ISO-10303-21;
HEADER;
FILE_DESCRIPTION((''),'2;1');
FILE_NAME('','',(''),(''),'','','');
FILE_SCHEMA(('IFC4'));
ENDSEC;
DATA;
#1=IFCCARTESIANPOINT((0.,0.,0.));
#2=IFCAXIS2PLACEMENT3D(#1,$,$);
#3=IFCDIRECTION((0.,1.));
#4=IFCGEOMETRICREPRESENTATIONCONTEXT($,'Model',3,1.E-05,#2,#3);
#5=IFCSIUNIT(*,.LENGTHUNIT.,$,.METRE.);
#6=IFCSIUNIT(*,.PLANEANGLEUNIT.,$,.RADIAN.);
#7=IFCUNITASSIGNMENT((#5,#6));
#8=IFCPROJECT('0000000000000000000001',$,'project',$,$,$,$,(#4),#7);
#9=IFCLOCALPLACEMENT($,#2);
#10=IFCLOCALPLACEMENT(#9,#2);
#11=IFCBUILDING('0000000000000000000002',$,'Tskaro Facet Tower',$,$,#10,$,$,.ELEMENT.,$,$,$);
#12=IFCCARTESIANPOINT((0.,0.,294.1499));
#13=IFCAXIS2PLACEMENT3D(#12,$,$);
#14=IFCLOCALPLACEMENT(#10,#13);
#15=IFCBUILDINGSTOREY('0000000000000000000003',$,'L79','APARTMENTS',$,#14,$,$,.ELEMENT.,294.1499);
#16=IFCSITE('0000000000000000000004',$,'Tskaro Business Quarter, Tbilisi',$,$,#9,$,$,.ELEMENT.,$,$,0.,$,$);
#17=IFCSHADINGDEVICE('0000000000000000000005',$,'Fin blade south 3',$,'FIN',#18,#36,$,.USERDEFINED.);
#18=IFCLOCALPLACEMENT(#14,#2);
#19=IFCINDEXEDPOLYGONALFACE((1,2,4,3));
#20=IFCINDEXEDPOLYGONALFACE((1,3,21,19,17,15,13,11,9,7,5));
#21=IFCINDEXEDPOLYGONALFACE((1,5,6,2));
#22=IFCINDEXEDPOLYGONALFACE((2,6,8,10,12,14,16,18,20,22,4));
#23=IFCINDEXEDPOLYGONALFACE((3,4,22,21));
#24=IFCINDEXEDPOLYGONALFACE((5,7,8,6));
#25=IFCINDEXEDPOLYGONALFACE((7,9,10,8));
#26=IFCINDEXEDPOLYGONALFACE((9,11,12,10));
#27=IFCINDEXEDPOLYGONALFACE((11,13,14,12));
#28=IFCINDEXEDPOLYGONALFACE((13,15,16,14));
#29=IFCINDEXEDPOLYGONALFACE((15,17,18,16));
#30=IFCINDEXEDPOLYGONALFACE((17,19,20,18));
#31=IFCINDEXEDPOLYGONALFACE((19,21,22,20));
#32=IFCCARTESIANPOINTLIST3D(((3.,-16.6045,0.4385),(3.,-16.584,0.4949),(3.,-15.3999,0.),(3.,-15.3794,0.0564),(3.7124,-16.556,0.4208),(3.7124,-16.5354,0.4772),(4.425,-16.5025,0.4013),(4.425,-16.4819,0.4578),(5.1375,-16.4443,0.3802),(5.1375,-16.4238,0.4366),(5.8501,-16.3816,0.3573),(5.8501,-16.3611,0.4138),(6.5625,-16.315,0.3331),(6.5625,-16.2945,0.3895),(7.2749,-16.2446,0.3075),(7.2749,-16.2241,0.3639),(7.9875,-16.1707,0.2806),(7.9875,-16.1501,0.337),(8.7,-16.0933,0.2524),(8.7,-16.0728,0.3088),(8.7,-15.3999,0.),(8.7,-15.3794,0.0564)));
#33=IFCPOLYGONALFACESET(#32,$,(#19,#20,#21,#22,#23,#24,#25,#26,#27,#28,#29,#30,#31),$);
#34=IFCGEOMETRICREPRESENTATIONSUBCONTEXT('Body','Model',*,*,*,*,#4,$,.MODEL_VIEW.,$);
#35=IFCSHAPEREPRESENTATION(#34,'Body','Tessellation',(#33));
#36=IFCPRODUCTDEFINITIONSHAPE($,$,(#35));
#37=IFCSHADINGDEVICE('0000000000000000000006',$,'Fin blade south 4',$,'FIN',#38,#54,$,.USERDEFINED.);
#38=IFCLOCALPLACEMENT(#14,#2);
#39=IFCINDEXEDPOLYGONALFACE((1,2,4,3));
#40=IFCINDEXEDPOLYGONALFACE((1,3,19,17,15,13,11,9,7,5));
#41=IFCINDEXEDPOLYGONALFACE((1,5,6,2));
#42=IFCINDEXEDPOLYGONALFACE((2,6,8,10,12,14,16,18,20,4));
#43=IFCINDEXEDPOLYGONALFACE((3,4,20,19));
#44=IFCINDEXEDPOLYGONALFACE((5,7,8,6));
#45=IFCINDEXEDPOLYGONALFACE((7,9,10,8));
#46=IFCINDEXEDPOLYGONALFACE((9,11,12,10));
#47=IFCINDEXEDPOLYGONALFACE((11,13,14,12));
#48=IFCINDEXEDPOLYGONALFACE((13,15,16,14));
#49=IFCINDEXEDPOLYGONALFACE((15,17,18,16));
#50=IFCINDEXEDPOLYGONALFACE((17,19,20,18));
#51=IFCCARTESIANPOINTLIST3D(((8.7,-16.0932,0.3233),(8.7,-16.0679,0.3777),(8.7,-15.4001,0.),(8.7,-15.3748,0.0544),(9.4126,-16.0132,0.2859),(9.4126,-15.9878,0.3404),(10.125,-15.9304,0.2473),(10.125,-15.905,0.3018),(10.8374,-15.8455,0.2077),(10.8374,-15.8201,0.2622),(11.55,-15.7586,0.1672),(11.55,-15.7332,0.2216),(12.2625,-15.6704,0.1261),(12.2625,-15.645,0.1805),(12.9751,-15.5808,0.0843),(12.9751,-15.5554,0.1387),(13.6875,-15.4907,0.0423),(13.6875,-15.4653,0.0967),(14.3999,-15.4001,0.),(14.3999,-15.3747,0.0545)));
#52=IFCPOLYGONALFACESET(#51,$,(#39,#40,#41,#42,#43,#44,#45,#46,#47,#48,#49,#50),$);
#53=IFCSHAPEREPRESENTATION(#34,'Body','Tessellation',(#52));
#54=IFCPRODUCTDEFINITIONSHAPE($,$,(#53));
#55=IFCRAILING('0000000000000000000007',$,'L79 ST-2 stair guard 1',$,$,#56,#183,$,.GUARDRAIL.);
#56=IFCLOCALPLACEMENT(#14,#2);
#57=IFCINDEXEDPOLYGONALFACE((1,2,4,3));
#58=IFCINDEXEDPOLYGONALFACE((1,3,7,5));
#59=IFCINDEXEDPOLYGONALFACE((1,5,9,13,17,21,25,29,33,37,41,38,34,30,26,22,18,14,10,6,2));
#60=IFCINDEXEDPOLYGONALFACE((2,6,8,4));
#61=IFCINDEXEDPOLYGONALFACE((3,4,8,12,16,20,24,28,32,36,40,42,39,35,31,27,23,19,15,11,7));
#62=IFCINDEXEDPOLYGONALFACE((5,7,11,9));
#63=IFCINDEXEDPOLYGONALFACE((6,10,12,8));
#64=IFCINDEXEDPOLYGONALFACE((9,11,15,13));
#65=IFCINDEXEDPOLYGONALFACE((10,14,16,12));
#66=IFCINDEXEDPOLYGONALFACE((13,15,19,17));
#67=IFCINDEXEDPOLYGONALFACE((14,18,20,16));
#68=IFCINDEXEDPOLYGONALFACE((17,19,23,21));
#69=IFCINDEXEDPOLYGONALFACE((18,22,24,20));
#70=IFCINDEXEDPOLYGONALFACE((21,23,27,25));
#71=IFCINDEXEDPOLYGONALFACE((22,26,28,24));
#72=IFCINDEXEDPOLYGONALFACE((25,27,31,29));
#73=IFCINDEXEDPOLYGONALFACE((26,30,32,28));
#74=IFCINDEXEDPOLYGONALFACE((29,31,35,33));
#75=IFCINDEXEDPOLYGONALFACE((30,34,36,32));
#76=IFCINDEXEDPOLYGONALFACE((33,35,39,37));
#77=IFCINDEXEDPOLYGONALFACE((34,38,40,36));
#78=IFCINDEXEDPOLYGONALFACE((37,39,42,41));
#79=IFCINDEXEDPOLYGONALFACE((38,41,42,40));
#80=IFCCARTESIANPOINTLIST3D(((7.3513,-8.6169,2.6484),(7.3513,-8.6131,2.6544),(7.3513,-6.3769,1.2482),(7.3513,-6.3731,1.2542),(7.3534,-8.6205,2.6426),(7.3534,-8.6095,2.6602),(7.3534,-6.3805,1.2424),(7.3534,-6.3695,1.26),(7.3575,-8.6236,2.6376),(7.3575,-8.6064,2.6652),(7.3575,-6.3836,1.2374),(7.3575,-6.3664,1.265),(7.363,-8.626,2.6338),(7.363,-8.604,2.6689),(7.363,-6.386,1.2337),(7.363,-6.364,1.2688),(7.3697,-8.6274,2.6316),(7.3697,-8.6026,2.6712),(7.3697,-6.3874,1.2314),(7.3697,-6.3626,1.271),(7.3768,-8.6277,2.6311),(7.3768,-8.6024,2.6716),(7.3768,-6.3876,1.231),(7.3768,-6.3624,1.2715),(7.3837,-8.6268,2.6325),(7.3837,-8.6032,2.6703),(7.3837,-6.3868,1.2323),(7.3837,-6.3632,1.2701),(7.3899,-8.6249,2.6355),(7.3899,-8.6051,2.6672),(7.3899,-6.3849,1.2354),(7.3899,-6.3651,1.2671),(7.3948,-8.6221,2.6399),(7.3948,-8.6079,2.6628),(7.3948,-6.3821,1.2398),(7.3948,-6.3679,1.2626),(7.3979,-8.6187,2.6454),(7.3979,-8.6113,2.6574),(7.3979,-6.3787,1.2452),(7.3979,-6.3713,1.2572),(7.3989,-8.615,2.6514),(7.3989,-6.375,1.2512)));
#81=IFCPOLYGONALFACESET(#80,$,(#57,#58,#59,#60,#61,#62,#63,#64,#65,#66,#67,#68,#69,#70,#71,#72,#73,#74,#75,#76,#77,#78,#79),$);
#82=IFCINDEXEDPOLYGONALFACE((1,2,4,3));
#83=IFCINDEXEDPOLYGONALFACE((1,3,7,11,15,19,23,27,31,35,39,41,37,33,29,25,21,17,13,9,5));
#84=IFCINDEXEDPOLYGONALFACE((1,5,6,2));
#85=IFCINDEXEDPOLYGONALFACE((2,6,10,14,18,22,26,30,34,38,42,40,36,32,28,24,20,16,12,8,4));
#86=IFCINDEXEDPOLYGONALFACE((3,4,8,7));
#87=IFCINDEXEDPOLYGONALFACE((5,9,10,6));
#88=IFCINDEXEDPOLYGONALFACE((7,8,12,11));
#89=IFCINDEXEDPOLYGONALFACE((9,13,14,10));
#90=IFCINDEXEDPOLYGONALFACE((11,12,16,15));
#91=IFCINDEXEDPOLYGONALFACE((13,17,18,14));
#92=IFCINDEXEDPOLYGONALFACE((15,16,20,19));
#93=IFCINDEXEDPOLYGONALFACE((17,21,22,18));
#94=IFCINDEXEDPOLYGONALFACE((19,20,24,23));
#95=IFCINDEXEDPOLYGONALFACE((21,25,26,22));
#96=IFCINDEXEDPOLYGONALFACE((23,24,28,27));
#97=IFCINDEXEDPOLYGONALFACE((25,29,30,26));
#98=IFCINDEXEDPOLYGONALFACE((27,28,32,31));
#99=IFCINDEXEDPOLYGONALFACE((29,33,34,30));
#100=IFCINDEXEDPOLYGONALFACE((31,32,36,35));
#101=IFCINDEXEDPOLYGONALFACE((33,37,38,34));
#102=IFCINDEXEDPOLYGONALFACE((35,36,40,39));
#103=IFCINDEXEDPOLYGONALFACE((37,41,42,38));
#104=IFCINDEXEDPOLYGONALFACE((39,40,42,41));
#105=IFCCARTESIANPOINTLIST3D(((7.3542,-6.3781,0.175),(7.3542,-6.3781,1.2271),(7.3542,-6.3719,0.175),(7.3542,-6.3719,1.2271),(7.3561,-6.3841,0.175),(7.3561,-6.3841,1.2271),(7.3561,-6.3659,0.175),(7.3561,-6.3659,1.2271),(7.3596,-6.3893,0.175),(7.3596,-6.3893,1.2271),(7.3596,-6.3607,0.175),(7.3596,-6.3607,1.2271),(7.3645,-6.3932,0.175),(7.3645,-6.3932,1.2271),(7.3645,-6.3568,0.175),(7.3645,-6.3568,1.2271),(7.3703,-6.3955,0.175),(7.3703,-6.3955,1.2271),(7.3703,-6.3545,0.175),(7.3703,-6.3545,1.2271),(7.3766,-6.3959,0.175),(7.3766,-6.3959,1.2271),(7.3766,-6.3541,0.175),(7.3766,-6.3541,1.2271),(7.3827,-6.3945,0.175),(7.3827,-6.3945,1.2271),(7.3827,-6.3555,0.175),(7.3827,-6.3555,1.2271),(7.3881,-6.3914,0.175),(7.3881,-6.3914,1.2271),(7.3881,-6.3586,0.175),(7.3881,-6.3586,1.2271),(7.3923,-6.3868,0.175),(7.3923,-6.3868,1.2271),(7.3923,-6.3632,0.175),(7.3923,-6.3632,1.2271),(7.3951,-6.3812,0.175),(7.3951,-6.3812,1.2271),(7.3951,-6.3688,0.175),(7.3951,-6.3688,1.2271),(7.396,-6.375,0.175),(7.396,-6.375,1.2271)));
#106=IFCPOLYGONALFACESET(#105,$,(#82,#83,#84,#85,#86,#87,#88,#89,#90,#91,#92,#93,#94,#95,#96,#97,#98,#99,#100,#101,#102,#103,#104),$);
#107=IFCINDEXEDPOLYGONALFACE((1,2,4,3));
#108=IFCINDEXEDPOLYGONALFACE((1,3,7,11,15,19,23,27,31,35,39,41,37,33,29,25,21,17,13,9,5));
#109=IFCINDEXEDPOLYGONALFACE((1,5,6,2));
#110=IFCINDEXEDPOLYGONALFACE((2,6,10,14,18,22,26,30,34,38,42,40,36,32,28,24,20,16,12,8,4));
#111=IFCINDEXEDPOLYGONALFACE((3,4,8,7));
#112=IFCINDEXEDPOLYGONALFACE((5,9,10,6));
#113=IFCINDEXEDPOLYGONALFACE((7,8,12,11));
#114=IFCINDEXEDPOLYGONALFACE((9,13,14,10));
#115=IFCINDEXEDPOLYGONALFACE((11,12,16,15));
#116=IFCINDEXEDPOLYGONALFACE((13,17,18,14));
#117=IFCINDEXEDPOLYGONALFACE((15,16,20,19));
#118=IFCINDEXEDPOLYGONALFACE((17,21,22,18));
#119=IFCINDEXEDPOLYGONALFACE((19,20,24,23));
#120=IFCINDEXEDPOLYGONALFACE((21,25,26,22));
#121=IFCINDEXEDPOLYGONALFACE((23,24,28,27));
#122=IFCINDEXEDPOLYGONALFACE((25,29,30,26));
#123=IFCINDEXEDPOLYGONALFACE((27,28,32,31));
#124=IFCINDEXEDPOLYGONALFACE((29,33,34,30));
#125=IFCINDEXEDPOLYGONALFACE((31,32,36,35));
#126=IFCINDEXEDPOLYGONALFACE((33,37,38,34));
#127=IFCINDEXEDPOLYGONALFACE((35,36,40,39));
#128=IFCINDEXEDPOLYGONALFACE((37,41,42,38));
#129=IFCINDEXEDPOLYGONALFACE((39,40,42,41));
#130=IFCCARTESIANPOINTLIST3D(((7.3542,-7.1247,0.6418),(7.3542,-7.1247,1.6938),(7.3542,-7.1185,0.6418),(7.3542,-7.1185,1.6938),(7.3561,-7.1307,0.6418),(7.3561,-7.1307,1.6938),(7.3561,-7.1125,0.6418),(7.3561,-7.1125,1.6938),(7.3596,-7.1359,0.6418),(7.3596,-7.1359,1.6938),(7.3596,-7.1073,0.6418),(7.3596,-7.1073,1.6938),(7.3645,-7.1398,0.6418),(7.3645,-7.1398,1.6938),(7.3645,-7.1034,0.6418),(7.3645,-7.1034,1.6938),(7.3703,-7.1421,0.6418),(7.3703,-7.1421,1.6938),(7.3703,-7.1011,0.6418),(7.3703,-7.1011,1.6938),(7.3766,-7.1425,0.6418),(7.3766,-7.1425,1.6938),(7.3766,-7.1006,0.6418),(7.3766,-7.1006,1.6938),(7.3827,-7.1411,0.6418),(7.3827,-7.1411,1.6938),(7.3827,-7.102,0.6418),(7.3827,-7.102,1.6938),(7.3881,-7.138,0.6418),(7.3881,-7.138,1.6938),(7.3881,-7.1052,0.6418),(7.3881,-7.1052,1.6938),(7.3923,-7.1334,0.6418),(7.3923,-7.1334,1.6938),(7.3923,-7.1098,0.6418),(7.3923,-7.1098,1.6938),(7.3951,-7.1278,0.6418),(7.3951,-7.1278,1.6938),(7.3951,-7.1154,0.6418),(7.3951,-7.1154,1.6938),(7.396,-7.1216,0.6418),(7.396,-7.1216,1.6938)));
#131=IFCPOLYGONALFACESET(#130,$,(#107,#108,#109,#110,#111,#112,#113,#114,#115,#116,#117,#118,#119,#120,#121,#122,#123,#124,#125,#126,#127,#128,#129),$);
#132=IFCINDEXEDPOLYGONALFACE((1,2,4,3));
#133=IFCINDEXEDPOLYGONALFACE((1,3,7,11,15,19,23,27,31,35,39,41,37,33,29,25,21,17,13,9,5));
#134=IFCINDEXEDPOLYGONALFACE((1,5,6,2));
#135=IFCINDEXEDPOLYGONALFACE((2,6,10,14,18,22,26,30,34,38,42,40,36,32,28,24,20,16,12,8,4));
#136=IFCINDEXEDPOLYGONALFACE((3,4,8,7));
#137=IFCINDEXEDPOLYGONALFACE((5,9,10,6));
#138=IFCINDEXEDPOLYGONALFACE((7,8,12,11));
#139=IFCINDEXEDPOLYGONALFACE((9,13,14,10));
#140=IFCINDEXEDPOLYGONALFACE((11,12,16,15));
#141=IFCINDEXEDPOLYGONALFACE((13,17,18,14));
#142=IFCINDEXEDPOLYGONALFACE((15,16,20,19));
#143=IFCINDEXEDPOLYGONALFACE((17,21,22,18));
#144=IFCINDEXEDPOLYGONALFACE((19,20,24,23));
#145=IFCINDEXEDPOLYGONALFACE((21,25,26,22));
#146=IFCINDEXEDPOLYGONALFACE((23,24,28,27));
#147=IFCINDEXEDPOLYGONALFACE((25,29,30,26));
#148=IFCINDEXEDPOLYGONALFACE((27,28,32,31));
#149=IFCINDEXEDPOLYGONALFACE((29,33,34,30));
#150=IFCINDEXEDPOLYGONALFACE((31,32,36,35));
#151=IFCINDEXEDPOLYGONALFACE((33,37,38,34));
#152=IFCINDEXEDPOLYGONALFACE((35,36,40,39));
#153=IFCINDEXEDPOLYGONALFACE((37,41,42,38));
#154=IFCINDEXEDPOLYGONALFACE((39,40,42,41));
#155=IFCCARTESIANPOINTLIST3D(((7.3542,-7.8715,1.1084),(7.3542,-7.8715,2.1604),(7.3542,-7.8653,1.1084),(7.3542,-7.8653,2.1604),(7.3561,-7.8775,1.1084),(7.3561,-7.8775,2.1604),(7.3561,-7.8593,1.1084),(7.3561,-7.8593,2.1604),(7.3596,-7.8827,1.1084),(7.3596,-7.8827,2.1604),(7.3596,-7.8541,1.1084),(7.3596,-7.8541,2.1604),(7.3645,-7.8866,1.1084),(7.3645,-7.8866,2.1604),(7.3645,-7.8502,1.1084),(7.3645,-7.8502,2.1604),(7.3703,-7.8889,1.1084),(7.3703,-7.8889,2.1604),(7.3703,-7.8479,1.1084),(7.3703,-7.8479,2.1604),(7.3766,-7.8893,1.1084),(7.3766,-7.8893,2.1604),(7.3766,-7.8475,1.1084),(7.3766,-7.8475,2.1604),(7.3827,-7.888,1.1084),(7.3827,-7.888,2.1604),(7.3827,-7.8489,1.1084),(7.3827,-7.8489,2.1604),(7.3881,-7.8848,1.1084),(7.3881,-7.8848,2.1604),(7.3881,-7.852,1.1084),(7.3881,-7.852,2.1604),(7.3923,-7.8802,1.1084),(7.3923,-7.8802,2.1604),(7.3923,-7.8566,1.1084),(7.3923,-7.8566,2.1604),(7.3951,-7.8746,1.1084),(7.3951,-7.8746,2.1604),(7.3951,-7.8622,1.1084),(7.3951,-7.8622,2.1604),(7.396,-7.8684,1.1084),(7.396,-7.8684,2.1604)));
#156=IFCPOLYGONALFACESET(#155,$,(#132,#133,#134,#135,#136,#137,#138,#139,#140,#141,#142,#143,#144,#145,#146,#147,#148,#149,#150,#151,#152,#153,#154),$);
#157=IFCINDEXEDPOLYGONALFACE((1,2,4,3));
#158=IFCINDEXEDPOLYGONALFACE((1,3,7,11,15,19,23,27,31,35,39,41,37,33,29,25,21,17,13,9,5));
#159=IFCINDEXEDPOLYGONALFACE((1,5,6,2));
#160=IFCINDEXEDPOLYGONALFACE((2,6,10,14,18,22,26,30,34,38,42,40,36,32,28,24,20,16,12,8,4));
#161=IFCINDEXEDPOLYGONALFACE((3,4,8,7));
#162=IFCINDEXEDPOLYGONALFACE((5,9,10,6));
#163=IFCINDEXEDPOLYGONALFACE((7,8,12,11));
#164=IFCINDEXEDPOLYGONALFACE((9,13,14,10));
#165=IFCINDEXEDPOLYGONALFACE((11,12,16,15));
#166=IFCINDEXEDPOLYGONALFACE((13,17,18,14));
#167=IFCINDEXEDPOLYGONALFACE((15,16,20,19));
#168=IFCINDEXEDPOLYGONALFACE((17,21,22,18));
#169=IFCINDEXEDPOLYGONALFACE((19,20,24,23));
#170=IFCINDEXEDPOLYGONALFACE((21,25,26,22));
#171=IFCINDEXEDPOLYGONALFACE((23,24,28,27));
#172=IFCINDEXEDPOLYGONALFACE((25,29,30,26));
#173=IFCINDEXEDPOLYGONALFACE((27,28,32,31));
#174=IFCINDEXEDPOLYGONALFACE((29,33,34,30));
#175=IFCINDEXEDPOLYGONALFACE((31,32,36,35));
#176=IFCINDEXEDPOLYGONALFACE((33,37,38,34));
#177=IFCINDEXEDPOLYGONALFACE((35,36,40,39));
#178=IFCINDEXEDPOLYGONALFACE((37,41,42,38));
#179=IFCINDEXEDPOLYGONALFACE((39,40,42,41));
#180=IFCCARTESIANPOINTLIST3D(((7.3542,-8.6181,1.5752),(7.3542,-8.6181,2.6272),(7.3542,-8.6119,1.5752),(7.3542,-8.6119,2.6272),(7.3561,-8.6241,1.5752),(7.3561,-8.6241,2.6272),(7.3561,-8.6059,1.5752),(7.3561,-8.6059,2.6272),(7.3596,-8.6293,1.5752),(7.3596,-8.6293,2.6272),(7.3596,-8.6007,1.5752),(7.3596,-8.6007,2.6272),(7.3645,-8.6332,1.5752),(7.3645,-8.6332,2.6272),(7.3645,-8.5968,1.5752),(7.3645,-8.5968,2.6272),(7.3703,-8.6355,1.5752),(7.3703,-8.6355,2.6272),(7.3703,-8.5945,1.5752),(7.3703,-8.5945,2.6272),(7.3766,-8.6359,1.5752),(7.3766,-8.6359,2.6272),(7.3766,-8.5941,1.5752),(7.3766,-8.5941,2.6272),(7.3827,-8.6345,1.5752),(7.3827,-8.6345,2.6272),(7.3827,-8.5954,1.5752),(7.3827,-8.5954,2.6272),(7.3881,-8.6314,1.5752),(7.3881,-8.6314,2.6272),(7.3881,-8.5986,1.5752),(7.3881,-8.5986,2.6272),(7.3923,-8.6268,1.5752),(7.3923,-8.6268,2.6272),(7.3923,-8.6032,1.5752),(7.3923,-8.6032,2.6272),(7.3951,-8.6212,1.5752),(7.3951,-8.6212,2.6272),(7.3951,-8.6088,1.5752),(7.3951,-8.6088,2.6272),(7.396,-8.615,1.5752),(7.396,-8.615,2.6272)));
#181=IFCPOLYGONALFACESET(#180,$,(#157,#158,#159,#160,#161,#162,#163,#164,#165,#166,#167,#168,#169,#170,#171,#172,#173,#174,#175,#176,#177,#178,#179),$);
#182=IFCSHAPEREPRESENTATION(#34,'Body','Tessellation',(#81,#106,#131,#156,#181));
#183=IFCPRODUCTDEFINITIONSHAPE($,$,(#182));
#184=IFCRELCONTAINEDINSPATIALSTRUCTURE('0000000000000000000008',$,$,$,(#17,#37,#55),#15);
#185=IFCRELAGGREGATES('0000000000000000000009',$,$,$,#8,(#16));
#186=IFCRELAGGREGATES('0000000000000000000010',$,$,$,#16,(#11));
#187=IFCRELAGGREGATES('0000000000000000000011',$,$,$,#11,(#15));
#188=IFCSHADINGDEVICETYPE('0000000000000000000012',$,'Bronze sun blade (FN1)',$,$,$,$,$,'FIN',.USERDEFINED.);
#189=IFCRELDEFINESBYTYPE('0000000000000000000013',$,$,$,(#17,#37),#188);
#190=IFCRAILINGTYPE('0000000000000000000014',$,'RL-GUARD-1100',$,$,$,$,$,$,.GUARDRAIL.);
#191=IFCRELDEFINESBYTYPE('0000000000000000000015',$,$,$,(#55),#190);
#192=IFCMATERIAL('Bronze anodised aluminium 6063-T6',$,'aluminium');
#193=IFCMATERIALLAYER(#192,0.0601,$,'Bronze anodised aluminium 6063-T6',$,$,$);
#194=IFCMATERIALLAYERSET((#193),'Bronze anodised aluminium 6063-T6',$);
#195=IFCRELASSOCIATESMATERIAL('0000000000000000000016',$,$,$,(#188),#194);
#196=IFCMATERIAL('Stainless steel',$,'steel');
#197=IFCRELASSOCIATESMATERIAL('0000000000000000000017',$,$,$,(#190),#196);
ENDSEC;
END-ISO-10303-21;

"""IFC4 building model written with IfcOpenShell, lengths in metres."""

from ifc_helpers import new_model, si_unit, direction, frame, origin, origin_2d, place, context, subcontext, project, spatial, polyline, circle, outline, extrude, material, layer, layer_set, type_object, element, save


model = new_model("IFC4")

# Units and contexts
model_context = context("Model", 3, precision=1e-05, world=origin(), true_north=direction((0.0, 1.0)))
body_context = subcontext(model_context, "Body", "Model", "MODEL_VIEW")
ifc_project = project(units=[si_unit("LENGTHUNIT", "METRE"), si_unit("PLANEANGLEUNIT", "RADIAN")], contexts=[model_context])

# Site, building, storey
site_placement = place(None, origin())
site = spatial("IfcSite", under=ifc_project, at=site_placement, Name="Tskaro Business Quarter, Tbilisi", CompositionType="ELEMENT", RefElevation=0.0)
building_placement = place(site_placement, origin())
building = spatial("IfcBuilding", under=site, at=building_placement, Name="Tskaro Facet Tower", CompositionType="ELEMENT")
storey_placement = place(building_placement, frame((0.0, 0.0, 294.1499)))
storey = spatial("IfcBuildingStorey", under=building, at=storey_placement, Name="L79", Description="APARTMENTS", CompositionType="ELEMENT", Elevation=294.1499)

# Shared definitions
ifc_material_1 = material(Name="Bronze anodised aluminium 6063-T6", Category="aluminium")

# Shading devices
ifc_layer_1 = layer(ifc_material_1, 0.0601, Name="Bronze anodised aluminium 6063-T6")
ifc_layer_set_1 = layer_set([ifc_layer_1], Name="Bronze anodised aluminium 6063-T6")
shading_device_type = type_object("IfcShadingDeviceType", Name="Bronze sun blade (FN1)", ElementType="FIN", PredefinedType="USERDEFINED", material=ifc_layer_set_1)
shading_device_1_placement = place(storey_placement, frame((3.0, -15.3794, 0.0564), z_axis=(-0.000005, 0.342073, 0.939673), x_axis=(1.0, 0.000002, 0.000005)))
element("IfcShadingDevice", 1, at=shading_device_1_placement, inside=storey, type_object=shading_device_type, Name="Fin blade south 3", ObjectType="FIN", PredefinedType="USERDEFINED", context=body_context, shape_type="SweptSolid", body=[
    extrude(outline(polyline([(0.0, 0.0), (5.7, 0.0), (5.7, -0.7379), (4.9875, -0.8202), (4.2749, -0.8989), (3.5625, -0.9738), (2.8501, -1.0447), (2.1375, -1.1115), (1.425, -1.1733), (0.7124, -1.2302), (0.0, -1.2819), (0.0, 0.0)])), origin(), (0.0, 0.0, -1.0), 0.0601),
])
shading_device_2_placement = place(storey_placement, frame((8.7, -15.3748, 0.0544), z_axis=(-0.000003, 0.422683, 0.906278), x_axis=(1.0, 0.000001, 0.000003)))
element("IfcShadingDevice", 2, at=shading_device_2_placement, inside=storey, type_object=shading_device_type, Name="Fin blade south 4", ObjectType="FIN", PredefinedType="USERDEFINED", context=body_context, shape_type="SweptSolid", body=[
    extrude(outline(polyline([(0.0, 0.0), (5.7, 0.0), (4.9875, -0.0999), (4.2751, -0.1993), (3.5625, -0.2982), (2.8501, -0.3955), (2.1375, -0.4914), (1.425, -0.5851), (0.7126, -0.6764), (0.0, -0.7648), (0.0, 0.0)])), origin(), (0.0, 0.0, -1.0), 0.0601),
])

# Railing
ifc_material_2 = material(Name="Stainless steel", Category="steel")
railing_type_1 = type_object("IfcRailingType", Name="RL-GUARD-1100", PredefinedType="GUARDRAIL", material=ifc_material_2)
railing_1_placement = place(storey_placement, frame((7.375, -6.375, 0.175)))
element("IfcRailing", 3, at=railing_1_placement, inside=storey, type_object=railing_type_1, Name="L79 ST-2 stair guard 1", PredefinedType="GUARDRAIL", context=body_context, shape_type="SweptSolid", body=[
    extrude(circle(Radius=0.0239, at=origin_2d()), frame((0.0, 0.0, 1.0762), z_axis=(0.0, -0.847972, 0.53004), x_axis=(1.0, 0.0, 0.0)), (0.0, 0.0, 1.0), 2.6416),
    extrude(circle(Radius=0.021, at=origin_2d()), origin(), (0.0, 0.0, 1.0), 1.052),
    extrude(circle(Radius=0.021, at=origin_2d()), frame((0.0, -0.7466, 0.4668)), (0.0, 0.0, 1.0), 1.052),
    extrude(circle(Radius=0.021, at=origin_2d()), frame((0.0, -1.4934, 0.9333)), (0.0, 0.0, 1.0), 1.052),
    extrude(circle(Radius=0.021, at=origin_2d()), frame((0.0, -2.24, 1.4001)), (0.0, 0.0, 1.0), 1.052),
])

save(model, "model.ifc")
